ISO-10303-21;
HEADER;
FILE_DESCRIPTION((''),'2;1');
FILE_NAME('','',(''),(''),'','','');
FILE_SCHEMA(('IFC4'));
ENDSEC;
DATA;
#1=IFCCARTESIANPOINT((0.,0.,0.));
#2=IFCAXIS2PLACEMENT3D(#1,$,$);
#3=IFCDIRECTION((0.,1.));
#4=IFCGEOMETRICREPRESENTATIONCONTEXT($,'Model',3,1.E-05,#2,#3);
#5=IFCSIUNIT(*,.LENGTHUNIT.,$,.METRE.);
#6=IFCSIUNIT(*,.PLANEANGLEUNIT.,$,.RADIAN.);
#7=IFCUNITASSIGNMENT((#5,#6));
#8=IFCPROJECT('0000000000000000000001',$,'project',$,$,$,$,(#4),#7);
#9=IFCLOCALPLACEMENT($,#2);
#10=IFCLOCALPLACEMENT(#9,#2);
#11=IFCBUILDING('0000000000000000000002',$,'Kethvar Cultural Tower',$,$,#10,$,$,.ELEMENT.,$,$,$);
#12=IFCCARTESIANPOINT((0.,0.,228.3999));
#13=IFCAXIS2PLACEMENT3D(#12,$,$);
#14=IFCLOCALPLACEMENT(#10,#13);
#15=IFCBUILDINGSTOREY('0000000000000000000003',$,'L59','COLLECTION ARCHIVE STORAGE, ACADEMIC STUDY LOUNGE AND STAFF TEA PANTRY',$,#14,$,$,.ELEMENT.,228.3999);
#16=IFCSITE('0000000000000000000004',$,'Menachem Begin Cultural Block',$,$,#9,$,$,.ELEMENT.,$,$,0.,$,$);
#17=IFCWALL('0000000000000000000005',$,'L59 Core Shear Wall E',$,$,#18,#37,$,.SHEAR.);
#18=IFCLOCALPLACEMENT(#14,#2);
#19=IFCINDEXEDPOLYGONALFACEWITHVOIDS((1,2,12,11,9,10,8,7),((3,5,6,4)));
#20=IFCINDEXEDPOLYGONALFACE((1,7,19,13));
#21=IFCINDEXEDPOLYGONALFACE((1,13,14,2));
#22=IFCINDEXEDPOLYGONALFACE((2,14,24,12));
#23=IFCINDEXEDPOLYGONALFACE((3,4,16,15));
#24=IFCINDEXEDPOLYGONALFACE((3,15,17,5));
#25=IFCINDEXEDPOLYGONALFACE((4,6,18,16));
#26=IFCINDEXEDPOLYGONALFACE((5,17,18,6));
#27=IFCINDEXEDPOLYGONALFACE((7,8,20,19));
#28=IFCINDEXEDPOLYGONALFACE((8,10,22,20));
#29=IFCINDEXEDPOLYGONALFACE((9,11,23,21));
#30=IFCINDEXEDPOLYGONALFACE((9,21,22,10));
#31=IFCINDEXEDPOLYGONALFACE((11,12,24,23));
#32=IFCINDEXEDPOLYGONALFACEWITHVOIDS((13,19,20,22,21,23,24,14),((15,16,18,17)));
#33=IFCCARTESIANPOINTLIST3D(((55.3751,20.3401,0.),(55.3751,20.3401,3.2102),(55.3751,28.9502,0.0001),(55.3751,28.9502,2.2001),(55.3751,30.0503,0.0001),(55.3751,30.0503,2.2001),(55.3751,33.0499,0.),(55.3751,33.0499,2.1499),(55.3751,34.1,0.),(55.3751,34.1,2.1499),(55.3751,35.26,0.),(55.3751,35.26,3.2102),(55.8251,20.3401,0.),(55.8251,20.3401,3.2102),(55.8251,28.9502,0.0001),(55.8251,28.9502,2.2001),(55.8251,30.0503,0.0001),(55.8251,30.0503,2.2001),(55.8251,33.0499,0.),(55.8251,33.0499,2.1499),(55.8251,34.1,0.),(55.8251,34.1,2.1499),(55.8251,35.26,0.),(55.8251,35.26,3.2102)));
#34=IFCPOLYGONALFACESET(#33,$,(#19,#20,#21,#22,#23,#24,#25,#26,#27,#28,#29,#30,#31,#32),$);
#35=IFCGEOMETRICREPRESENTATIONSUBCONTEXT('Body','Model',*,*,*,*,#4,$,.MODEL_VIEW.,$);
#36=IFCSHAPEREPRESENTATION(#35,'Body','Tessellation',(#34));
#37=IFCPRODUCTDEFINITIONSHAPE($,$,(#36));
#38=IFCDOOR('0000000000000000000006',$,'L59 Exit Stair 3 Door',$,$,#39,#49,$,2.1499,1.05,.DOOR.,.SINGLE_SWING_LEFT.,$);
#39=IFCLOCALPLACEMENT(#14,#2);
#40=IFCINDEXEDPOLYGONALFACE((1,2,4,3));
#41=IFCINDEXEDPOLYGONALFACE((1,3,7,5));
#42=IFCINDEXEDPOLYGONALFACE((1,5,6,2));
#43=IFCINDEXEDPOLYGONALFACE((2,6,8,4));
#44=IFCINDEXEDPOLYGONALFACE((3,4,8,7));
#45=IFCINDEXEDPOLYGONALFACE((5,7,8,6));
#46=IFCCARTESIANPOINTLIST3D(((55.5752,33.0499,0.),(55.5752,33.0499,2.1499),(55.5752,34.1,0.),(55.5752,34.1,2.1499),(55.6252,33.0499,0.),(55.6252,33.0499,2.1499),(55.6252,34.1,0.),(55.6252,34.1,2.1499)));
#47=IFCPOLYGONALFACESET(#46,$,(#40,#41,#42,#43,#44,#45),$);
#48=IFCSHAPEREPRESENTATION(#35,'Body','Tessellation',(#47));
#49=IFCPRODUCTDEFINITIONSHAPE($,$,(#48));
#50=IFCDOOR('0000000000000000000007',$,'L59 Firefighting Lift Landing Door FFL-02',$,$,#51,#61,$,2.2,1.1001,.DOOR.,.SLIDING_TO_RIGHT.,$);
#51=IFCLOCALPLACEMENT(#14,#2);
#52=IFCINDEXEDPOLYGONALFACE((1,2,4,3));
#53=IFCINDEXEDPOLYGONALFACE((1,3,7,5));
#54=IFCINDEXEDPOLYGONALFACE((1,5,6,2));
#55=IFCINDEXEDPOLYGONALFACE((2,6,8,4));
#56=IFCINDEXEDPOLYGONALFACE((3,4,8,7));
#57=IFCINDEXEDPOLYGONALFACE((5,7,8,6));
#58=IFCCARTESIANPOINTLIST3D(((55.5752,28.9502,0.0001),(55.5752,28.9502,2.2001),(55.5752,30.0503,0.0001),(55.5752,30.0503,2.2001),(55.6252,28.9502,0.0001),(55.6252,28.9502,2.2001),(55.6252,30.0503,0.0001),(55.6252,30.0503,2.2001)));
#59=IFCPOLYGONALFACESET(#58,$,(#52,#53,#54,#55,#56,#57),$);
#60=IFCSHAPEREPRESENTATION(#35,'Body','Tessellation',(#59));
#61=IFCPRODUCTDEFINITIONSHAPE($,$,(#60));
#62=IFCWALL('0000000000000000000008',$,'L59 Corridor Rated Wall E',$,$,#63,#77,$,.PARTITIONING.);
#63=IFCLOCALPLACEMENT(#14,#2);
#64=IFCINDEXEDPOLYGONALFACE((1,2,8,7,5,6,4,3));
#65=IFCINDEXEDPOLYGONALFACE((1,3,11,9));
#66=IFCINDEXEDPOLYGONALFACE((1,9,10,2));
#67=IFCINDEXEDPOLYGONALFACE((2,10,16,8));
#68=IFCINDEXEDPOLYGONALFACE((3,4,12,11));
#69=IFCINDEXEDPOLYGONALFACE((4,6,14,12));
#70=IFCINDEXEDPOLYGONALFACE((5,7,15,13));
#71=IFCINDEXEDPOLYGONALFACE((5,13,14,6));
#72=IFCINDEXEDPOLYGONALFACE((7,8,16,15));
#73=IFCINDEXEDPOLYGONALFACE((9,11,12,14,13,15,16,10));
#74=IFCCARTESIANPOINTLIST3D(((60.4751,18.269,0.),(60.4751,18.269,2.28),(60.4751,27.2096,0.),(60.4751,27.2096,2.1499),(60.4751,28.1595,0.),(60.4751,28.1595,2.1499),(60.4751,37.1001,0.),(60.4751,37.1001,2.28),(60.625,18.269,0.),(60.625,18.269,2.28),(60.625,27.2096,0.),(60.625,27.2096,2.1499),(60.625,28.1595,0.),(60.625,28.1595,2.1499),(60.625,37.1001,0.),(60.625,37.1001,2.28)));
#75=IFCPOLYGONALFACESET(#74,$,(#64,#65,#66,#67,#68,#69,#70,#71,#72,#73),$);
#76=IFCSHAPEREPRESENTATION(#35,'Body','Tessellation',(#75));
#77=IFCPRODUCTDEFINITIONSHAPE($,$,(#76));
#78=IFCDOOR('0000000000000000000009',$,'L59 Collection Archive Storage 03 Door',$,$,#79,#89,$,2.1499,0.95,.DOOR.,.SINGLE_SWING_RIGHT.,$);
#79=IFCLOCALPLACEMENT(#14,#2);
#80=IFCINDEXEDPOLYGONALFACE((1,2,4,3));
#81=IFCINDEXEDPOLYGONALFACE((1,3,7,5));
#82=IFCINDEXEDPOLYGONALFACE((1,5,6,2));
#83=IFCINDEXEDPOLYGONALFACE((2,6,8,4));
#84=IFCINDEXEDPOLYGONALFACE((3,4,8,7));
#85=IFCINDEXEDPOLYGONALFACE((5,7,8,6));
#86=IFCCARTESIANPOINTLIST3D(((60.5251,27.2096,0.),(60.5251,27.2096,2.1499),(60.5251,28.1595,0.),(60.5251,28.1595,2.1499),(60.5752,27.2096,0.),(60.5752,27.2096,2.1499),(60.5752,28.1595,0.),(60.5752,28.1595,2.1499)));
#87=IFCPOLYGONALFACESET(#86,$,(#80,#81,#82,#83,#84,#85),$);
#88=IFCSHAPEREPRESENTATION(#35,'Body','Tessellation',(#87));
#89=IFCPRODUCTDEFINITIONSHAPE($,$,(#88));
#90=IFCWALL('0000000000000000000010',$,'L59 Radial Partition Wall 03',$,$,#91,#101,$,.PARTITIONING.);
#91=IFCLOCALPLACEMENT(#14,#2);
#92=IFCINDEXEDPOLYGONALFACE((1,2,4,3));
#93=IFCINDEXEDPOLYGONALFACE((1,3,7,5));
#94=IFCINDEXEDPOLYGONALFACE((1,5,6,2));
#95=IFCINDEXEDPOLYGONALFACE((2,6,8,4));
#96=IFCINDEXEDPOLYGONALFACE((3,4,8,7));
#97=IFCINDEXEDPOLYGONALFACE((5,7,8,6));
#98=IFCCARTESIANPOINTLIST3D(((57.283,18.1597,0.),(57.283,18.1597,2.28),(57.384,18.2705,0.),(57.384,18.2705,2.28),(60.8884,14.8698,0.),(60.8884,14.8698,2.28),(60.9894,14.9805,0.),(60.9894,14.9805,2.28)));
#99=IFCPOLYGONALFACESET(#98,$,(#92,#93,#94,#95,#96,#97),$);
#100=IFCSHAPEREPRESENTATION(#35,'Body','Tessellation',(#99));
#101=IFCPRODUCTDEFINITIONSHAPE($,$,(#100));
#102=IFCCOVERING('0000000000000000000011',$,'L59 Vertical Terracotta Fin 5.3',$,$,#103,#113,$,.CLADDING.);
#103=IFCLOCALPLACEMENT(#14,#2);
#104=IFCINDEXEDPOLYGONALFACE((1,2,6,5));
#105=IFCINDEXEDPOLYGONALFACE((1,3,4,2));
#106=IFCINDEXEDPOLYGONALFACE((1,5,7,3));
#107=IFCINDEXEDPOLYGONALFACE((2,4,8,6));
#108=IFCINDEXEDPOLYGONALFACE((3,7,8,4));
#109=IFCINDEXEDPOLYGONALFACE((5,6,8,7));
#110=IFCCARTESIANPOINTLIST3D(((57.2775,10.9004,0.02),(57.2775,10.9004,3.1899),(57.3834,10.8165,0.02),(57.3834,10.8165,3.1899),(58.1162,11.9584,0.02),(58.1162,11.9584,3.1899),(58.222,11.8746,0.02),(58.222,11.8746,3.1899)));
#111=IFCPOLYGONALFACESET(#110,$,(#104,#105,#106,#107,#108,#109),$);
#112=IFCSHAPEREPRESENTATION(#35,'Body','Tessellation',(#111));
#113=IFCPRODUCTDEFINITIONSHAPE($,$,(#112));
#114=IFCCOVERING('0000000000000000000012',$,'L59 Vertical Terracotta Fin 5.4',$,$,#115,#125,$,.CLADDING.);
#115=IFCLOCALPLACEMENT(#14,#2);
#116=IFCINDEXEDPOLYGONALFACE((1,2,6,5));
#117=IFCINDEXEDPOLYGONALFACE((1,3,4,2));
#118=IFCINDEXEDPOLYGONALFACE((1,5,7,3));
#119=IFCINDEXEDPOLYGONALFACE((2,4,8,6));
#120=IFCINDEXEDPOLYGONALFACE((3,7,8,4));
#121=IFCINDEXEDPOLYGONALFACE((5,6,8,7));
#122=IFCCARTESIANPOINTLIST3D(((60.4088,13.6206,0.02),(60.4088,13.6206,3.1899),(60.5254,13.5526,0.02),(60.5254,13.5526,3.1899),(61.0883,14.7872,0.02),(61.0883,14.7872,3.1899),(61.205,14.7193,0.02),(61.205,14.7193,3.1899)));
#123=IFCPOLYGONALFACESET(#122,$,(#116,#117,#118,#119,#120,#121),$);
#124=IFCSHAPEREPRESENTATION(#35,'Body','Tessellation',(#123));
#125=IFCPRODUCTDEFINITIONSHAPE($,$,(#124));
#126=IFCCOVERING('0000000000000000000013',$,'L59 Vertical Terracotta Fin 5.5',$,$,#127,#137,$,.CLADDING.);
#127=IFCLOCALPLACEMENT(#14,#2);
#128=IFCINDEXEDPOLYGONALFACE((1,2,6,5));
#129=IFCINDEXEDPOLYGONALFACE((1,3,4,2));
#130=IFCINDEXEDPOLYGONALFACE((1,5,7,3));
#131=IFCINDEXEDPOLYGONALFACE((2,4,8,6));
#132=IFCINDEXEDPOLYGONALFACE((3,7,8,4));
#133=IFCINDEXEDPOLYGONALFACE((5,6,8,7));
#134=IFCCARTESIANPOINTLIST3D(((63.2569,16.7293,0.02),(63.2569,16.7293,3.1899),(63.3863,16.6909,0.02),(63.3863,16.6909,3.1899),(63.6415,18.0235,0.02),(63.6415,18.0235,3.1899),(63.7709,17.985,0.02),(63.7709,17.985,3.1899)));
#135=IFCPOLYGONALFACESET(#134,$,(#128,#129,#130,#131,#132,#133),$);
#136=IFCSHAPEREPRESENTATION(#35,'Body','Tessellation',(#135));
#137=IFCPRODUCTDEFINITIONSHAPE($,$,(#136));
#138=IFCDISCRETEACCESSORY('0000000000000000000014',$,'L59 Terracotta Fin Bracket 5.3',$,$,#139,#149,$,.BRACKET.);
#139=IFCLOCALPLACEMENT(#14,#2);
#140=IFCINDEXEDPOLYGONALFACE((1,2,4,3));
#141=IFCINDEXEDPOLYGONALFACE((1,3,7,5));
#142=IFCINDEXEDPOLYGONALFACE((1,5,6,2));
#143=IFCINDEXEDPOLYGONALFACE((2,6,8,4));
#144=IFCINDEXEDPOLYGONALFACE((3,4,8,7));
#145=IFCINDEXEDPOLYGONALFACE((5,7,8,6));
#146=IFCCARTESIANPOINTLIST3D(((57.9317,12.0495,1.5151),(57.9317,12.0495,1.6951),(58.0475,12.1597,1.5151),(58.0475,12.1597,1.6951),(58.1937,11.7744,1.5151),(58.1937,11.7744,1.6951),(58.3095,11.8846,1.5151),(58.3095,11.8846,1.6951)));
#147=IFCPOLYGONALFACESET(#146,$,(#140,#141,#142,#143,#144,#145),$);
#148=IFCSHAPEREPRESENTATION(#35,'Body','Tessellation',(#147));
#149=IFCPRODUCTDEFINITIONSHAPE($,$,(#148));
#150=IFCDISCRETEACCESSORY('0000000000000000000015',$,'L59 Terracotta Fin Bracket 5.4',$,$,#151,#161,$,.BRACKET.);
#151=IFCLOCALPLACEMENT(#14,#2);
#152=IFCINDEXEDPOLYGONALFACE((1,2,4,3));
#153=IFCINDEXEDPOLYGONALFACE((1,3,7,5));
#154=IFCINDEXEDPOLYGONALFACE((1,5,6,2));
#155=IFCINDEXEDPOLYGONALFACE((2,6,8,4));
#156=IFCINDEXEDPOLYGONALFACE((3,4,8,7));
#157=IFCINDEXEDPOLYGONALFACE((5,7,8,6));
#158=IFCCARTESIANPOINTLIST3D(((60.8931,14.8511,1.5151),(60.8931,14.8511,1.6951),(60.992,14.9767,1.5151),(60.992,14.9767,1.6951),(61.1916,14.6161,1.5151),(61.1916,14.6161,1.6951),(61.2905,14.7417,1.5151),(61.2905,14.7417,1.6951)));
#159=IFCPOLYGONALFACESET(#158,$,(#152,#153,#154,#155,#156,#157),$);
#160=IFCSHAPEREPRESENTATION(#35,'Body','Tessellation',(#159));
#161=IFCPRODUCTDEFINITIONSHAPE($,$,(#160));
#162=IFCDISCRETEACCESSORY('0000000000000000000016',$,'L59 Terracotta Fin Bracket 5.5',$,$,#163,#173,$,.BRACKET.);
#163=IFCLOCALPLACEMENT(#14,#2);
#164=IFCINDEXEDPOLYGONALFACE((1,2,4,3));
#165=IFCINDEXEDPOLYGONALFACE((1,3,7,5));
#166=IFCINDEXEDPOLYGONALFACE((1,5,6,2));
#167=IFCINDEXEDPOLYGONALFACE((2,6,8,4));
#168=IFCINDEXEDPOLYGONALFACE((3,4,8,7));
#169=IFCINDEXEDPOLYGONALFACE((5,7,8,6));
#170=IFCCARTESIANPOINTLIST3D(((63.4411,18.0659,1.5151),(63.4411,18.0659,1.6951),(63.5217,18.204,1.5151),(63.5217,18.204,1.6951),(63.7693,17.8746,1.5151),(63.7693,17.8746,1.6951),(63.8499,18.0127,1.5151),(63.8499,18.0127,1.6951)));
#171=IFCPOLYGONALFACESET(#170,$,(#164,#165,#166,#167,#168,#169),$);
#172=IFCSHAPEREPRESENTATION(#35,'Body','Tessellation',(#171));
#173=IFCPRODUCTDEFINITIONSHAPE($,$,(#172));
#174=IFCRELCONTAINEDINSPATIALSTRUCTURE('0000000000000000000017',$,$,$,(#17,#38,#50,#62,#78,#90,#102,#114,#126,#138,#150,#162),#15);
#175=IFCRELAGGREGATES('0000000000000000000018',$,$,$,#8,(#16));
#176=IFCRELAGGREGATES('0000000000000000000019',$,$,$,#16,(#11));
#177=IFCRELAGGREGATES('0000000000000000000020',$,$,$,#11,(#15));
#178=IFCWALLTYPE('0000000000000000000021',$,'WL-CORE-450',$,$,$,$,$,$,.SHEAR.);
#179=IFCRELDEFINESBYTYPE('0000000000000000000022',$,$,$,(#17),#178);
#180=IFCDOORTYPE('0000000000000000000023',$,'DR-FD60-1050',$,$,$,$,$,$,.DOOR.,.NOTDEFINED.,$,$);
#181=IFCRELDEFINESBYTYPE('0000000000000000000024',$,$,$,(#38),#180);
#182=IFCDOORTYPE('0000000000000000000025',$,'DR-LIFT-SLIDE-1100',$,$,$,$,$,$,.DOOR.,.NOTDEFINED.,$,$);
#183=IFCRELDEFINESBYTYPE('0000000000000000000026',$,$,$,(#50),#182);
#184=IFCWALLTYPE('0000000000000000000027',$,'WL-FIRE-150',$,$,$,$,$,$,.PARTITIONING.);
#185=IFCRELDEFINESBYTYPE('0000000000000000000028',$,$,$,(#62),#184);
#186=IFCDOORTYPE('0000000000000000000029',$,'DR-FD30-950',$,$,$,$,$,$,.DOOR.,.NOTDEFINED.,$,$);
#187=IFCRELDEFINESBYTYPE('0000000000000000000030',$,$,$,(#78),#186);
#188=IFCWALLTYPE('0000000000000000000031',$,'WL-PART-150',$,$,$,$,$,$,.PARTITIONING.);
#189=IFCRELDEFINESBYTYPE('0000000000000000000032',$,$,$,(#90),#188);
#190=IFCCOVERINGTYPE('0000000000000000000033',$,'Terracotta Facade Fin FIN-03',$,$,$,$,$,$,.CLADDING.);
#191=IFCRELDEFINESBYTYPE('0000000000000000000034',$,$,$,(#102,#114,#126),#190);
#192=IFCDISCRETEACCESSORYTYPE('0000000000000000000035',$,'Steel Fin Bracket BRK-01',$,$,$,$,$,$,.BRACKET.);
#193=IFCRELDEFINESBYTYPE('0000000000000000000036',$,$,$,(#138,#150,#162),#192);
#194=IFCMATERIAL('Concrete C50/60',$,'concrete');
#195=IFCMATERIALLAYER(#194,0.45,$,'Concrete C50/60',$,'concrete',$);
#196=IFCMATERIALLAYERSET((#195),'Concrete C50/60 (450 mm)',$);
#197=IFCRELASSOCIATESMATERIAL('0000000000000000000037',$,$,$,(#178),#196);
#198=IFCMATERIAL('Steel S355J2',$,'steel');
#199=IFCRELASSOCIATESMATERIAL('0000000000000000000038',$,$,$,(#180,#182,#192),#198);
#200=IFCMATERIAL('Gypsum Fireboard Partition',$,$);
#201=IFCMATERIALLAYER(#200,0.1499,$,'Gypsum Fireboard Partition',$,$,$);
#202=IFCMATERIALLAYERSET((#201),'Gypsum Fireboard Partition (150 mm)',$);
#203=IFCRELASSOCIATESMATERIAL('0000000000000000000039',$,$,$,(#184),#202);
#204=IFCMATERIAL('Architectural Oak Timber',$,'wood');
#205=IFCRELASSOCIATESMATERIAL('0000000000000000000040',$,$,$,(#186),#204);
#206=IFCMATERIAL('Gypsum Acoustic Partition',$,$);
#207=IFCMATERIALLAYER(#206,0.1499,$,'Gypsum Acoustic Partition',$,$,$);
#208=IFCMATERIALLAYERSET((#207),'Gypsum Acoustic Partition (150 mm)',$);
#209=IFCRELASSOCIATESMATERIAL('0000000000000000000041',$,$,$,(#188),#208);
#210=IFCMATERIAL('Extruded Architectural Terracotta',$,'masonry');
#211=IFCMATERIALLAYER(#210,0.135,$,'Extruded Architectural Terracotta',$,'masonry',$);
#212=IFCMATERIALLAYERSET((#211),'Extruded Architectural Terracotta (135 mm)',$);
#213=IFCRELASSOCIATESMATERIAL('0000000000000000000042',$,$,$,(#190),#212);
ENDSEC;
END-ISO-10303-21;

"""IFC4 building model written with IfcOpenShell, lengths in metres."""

from ifc_helpers import new_model, si_unit, direction, frame, frame_2d, origin, origin_2d, place, context, subcontext, project, spatial, rectangle, extrude, source, transform, mapped, material, layer, layer_set, type_object, element, fill, save


model = new_model("IFC4")

# Units and contexts
model_context = context("Model", 3, precision=1e-05, world=origin(), true_north=direction((0.0, 1.0)))
body_context = subcontext(model_context, "Body", "Model", "MODEL_VIEW")
ifc_project = project(units=[si_unit("LENGTHUNIT", "METRE"), si_unit("PLANEANGLEUNIT", "RADIAN")], contexts=[model_context])

# Site, building, storey
site_placement = place(None, origin())
site = spatial("IfcSite", under=ifc_project, at=site_placement, Name="Menachem Begin Cultural Block", CompositionType="ELEMENT", RefElevation=0.0)
building_placement = place(site_placement, origin())
building = spatial("IfcBuilding", under=site, at=building_placement, Name="Kethvar Cultural Tower", CompositionType="ELEMENT")
storey_placement = place(building_placement, frame((0.0, 0.0, 228.3999)))
storey = spatial("IfcBuildingStorey", under=building, at=storey_placement, Name="L59", Description="COLLECTION ARCHIVE STORAGE, ACADEMIC STUDY LOUNGE AND STAFF TEA PANTRY", CompositionType="ELEMENT", Elevation=228.3999)

# Shared definitions
ifc_material_1 = material(Name="Steel S355J2", Category="steel")

# Wall, openings, doors
ifc_material_2 = material(Name="Concrete C50/60", Category="concrete")
ifc_layer_1 = layer(ifc_material_2, 0.45, Name="Concrete C50/60", Category="concrete")
ifc_layer_set_1 = layer_set([ifc_layer_1], Name="Concrete C50/60 (450 mm)")
wall_type_1 = type_object("IfcWallType", Name="WL-CORE-450", PredefinedType="SHEAR", material=ifc_layer_set_1)
wall_1_placement = place(storey_placement, frame((55.6001, 20.3401, 0.0), z_axis=(0.0, 0.0, 1.0), x_axis=(0.0, 1.0, 0.0)))
wall_1 = element("IfcWall", 1, at=wall_1_placement, inside=storey, type_object=wall_type_1, Name="L59 Core Shear Wall E", PredefinedType="SHEAR", context=body_context, shape_type="SweptSolid", body=[
    extrude(rectangle(XDim=14.9199, YDim=0.45, at=frame_2d((7.46, 0.0))), origin(), (0.0, 0.0, 1.0), 3.2102),
])
opening_1_placement = place(wall_1_placement, frame((12.71, 0.0, 0.0)))
opening_1 = element("IfcOpeningElement", 2, at=opening_1_placement, cuts=wall_1, PredefinedType="OPENING", context=body_context, shape_type="SweptSolid", body=[
    extrude(rectangle(XDim=1.05, YDim=2.1499, at=frame_2d((0.5249, 1.075))), frame((0.0, 0.2349, 0.0), z_axis=(0.0, -1.0, 0.0), x_axis=(1.0, 0.0, 0.0)), (0.0, 0.0, 1.0), 0.47),
])
opening_2_placement = place(wall_1_placement, frame((8.6101, 0.0, 0.0)))
opening_2 = element("IfcOpeningElement", 3, at=opening_2_placement, cuts=wall_1, PredefinedType="OPENING", context=body_context, shape_type="SweptSolid", body=[
    extrude(rectangle(XDim=1.1001, YDim=2.2, at=frame_2d((0.55, 1.1001))), frame((0.0, 0.2349, 0.0), z_axis=(0.0, -1.0, 0.0), x_axis=(1.0, 0.0, 0.0)), (0.0, 0.0, 1.0), 0.47),
])
door_type_1 = type_object("IfcDoorType", Name="DR-FD60-1050", OperationType="NOTDEFINED", PredefinedType="DOOR", material=ifc_material_1)
shared_shape_1 = source(origin(), body_context, "Body", "SweptSolid", [
    extrude(rectangle(XDim=1.05, YDim=2.1499, at=frame_2d((0.5249, 1.075))), frame((0.0, 0.0249, 0.0), z_axis=(0.0, -1.0, 0.0), x_axis=(1.0, 0.0, 0.0)), (0.0, 0.0, 1.0), 0.05),
])
door_1_placement = place(opening_1_placement, origin())
door_1 = element("IfcDoor", 4, at=door_1_placement, inside=storey, type_object=door_type_1, Name="L59 Exit Stair 3 Door", OperationType="SINGLE_SWING_LEFT", OverallHeight=2.1499, OverallWidth=1.05, PredefinedType="DOOR", context=body_context, shape_type="MappedRepresentation", body=[
    mapped(shared_shape_1, transform((0.0, 0.0, 0.0), scale=1.0)),
])
fill(opening_1, door_1)
door_type_2 = type_object("IfcDoorType", Name="DR-LIFT-SLIDE-1100", OperationType="NOTDEFINED", PredefinedType="DOOR", material=ifc_material_1)
shared_shape_2 = source(origin(), body_context, "Body", "SweptSolid", [
    extrude(rectangle(XDim=1.1001, YDim=2.2, at=frame_2d((0.55, 1.1001))), frame((0.0, 0.0249, 0.0), z_axis=(0.0, -1.0, 0.0), x_axis=(1.0, 0.0, 0.0)), (0.0, 0.0, 1.0), 0.05),
])
door_2_placement = place(opening_2_placement, origin())
door_2 = element("IfcDoor", 5, at=door_2_placement, inside=storey, type_object=door_type_2, Name="L59 Firefighting Lift Landing Door FFL-02", OperationType="SLIDING_TO_RIGHT", OverallHeight=2.2, OverallWidth=1.1001, PredefinedType="DOOR", context=body_context, shape_type="MappedRepresentation", body=[
    mapped(shared_shape_2, transform((0.0, 0.0, 0.0), scale=1.0)),
])
fill(opening_2, door_2)

# Wall, opening, door
ifc_material_3 = material(Name="Gypsum Fireboard Partition")
ifc_layer_2 = layer(ifc_material_3, 0.1499, Name="Gypsum Fireboard Partition")
ifc_layer_set_2 = layer_set([ifc_layer_2], Name="Gypsum Fireboard Partition (150 mm)")
wall_type_2 = type_object("IfcWallType", Name="WL-FIRE-150", PredefinedType="PARTITIONING", material=ifc_layer_set_2)
wall_2_placement = place(storey_placement, frame((60.55, 18.269, 0.0), z_axis=(0.0, 0.0, 1.0), x_axis=(0.0, 1.0, 0.0)))
wall_2 = element("IfcWall", 6, at=wall_2_placement, inside=storey, type_object=wall_type_2, Name="L59 Corridor Rated Wall E", PredefinedType="PARTITIONING", context=body_context, shape_type="SweptSolid", body=[
    extrude(rectangle(XDim=18.8311, YDim=0.1499, at=frame_2d((9.4155, 0.0))), origin(), (0.0, 0.0, 1.0), 2.28),
])
opening_3_placement = place(wall_2_placement, frame((8.9404, 0.0, 0.0)))
opening_3 = element("IfcOpeningElement", 7, at=opening_3_placement, cuts=wall_2, PredefinedType="OPENING", context=body_context, shape_type="SweptSolid", body=[
    extrude(rectangle(XDim=0.95, YDim=2.1499, at=frame_2d((0.4751, 1.075))), frame((0.0, 0.085, 0.0), z_axis=(0.0, -1.0, 0.0), x_axis=(1.0, 0.0, 0.0)), (0.0, 0.0, 1.0), 0.1699),
])
ifc_material_4 = material(Name="Architectural Oak Timber", Category="wood")
door_type_3 = type_object("IfcDoorType", Name="DR-FD30-950", OperationType="NOTDEFINED", PredefinedType="DOOR", material=ifc_material_4)
shared_shape_3 = source(origin(), body_context, "Body", "SweptSolid", [
    extrude(rectangle(XDim=0.95, YDim=2.1499, at=frame_2d((0.4751, 1.075))), frame((0.0, 0.0249, 0.0), z_axis=(0.0, -1.0, 0.0), x_axis=(1.0, 0.0, 0.0)), (0.0, 0.0, 1.0), 0.05),
])
door_3_placement = place(opening_3_placement, origin())
door_3 = element("IfcDoor", 8, at=door_3_placement, inside=storey, type_object=door_type_3, Name="L59 Collection Archive Storage 03 Door", OperationType="SINGLE_SWING_RIGHT", OverallHeight=2.1499, OverallWidth=0.95, PredefinedType="DOOR", context=body_context, shape_type="MappedRepresentation", body=[
    mapped(shared_shape_3, transform((0.0, 0.0, 0.0), scale=1.0)),
])
fill(opening_3, door_3)

# Wall
ifc_material_5 = material(Name="Gypsum Acoustic Partition")
ifc_layer_3 = layer(ifc_material_5, 0.1499, Name="Gypsum Acoustic Partition")
ifc_layer_set_3 = layer_set([ifc_layer_3], Name="Gypsum Acoustic Partition (150 mm)")
wall_type_3 = type_object("IfcWallType", Name="WL-PART-150", PredefinedType="PARTITIONING", material=ifc_layer_set_3)
wall_3_placement = place(storey_placement, frame((57.3335, 18.2151, 0.0), z_axis=(0.0, 0.0, 1.0), x_axis=(0.73868, -0.674056, 0.0)))
element("IfcWall", 9, at=wall_3_placement, inside=storey, type_object=wall_type_3, Name="L59 Radial Partition Wall 03", PredefinedType="PARTITIONING", context=body_context, shape_type="SweptSolid", body=[
    extrude(rectangle(XDim=4.8809, YDim=0.1499, at=frame_2d((2.4404, 0.0))), origin(), (0.0, 0.0, 1.0), 2.28),
])

# Coverings
ifc_material_6 = material(Name="Extruded Architectural Terracotta", Category="masonry")
ifc_layer_4 = layer(ifc_material_6, 0.135, Name="Extruded Architectural Terracotta", Category="masonry")
ifc_layer_set_4 = layer_set([ifc_layer_4], Name="Extruded Architectural Terracotta (135 mm)")
covering_type = type_object("IfcCoveringType", Name="Terracotta Facade Fin FIN-03", PredefinedType="CLADDING", material=ifc_layer_set_4)
shared_shape_4 = source(origin(), body_context, "Body", "SweptSolid", [
    extrude(rectangle(XDim=1.3501, YDim=0.135, at=origin_2d()), origin(), (0.0, 0.0, 1.0), 3.1699),
])
for number, where, z_axis, x_axis, name in (
    (10, (57.7498, 11.3875, 0.02), (0.0, 0.0, 1.0), (-0.621148, -0.783693, 0.0), "L59 Vertical Terracotta Fin 5.3"),
    (11, (60.8069, 14.1699, 0.02), (0.0, 0.0, 1.0), (-0.503322, -0.864099, 0.0), "L59 Vertical Terracotta Fin 5.4"),
    (12, (63.5139, 17.3572, 0.02), (0.0, 0.0, 1.0), (-0.284852, -0.958572, 0.0), "L59 Vertical Terracotta Fin 5.5"),
):
    element("IfcCovering", number, at=place(storey_placement, frame(where, z_axis=z_axis, x_axis=x_axis)), inside=storey, type_object=covering_type, Name=name, PredefinedType="CLADDING", context=body_context, shape_type="MappedRepresentation", body=[
        mapped(shared_shape_4, transform((0.0, 0.0, 0.0), scale=1.0)),
    ])

# Discrete accessories
discrete_accessory_type = type_object("IfcDiscreteAccessoryType", Name="Steel Fin Bracket BRK-01", PredefinedType="BRACKET", material=ifc_material_1)
shared_shape_5 = source(origin(), body_context, "Body", "SweptSolid", [
    extrude(rectangle(XDim=0.3799, YDim=0.1599, at=origin_2d()), origin(), (0.0, 0.0, 1.0), 0.1799),
])
for number, where, z_axis, x_axis, name in (
    (13, (58.1206, 11.967, 1.5151), (0.0, 0.0, 1.0), (0.68962, -0.724172, 0.0), "L59 Terracotta Fin Bracket 5.3"),
    (14, (61.0918, 14.7964, 1.5151), (0.0, 0.0, 1.0), (0.785641, -0.618683, 0.0), "L59 Terracotta Fin Bracket 5.4"),
    (15, (63.6455, 18.0393, 1.5151), (0.0, 0.0, 1.0), (0.863923, -0.503623, 0.0), "L59 Terracotta Fin Bracket 5.5"),
):
    element("IfcDiscreteAccessory", number, at=place(storey_placement, frame(where, z_axis=z_axis, x_axis=x_axis)), inside=storey, type_object=discrete_accessory_type, Name=name, PredefinedType="BRACKET", context=body_context, shape_type="MappedRepresentation", body=[
        mapped(shared_shape_5, transform((0.0, 0.0, 0.0), scale=1.0)),
    ])

save(model, "model.ifc")
